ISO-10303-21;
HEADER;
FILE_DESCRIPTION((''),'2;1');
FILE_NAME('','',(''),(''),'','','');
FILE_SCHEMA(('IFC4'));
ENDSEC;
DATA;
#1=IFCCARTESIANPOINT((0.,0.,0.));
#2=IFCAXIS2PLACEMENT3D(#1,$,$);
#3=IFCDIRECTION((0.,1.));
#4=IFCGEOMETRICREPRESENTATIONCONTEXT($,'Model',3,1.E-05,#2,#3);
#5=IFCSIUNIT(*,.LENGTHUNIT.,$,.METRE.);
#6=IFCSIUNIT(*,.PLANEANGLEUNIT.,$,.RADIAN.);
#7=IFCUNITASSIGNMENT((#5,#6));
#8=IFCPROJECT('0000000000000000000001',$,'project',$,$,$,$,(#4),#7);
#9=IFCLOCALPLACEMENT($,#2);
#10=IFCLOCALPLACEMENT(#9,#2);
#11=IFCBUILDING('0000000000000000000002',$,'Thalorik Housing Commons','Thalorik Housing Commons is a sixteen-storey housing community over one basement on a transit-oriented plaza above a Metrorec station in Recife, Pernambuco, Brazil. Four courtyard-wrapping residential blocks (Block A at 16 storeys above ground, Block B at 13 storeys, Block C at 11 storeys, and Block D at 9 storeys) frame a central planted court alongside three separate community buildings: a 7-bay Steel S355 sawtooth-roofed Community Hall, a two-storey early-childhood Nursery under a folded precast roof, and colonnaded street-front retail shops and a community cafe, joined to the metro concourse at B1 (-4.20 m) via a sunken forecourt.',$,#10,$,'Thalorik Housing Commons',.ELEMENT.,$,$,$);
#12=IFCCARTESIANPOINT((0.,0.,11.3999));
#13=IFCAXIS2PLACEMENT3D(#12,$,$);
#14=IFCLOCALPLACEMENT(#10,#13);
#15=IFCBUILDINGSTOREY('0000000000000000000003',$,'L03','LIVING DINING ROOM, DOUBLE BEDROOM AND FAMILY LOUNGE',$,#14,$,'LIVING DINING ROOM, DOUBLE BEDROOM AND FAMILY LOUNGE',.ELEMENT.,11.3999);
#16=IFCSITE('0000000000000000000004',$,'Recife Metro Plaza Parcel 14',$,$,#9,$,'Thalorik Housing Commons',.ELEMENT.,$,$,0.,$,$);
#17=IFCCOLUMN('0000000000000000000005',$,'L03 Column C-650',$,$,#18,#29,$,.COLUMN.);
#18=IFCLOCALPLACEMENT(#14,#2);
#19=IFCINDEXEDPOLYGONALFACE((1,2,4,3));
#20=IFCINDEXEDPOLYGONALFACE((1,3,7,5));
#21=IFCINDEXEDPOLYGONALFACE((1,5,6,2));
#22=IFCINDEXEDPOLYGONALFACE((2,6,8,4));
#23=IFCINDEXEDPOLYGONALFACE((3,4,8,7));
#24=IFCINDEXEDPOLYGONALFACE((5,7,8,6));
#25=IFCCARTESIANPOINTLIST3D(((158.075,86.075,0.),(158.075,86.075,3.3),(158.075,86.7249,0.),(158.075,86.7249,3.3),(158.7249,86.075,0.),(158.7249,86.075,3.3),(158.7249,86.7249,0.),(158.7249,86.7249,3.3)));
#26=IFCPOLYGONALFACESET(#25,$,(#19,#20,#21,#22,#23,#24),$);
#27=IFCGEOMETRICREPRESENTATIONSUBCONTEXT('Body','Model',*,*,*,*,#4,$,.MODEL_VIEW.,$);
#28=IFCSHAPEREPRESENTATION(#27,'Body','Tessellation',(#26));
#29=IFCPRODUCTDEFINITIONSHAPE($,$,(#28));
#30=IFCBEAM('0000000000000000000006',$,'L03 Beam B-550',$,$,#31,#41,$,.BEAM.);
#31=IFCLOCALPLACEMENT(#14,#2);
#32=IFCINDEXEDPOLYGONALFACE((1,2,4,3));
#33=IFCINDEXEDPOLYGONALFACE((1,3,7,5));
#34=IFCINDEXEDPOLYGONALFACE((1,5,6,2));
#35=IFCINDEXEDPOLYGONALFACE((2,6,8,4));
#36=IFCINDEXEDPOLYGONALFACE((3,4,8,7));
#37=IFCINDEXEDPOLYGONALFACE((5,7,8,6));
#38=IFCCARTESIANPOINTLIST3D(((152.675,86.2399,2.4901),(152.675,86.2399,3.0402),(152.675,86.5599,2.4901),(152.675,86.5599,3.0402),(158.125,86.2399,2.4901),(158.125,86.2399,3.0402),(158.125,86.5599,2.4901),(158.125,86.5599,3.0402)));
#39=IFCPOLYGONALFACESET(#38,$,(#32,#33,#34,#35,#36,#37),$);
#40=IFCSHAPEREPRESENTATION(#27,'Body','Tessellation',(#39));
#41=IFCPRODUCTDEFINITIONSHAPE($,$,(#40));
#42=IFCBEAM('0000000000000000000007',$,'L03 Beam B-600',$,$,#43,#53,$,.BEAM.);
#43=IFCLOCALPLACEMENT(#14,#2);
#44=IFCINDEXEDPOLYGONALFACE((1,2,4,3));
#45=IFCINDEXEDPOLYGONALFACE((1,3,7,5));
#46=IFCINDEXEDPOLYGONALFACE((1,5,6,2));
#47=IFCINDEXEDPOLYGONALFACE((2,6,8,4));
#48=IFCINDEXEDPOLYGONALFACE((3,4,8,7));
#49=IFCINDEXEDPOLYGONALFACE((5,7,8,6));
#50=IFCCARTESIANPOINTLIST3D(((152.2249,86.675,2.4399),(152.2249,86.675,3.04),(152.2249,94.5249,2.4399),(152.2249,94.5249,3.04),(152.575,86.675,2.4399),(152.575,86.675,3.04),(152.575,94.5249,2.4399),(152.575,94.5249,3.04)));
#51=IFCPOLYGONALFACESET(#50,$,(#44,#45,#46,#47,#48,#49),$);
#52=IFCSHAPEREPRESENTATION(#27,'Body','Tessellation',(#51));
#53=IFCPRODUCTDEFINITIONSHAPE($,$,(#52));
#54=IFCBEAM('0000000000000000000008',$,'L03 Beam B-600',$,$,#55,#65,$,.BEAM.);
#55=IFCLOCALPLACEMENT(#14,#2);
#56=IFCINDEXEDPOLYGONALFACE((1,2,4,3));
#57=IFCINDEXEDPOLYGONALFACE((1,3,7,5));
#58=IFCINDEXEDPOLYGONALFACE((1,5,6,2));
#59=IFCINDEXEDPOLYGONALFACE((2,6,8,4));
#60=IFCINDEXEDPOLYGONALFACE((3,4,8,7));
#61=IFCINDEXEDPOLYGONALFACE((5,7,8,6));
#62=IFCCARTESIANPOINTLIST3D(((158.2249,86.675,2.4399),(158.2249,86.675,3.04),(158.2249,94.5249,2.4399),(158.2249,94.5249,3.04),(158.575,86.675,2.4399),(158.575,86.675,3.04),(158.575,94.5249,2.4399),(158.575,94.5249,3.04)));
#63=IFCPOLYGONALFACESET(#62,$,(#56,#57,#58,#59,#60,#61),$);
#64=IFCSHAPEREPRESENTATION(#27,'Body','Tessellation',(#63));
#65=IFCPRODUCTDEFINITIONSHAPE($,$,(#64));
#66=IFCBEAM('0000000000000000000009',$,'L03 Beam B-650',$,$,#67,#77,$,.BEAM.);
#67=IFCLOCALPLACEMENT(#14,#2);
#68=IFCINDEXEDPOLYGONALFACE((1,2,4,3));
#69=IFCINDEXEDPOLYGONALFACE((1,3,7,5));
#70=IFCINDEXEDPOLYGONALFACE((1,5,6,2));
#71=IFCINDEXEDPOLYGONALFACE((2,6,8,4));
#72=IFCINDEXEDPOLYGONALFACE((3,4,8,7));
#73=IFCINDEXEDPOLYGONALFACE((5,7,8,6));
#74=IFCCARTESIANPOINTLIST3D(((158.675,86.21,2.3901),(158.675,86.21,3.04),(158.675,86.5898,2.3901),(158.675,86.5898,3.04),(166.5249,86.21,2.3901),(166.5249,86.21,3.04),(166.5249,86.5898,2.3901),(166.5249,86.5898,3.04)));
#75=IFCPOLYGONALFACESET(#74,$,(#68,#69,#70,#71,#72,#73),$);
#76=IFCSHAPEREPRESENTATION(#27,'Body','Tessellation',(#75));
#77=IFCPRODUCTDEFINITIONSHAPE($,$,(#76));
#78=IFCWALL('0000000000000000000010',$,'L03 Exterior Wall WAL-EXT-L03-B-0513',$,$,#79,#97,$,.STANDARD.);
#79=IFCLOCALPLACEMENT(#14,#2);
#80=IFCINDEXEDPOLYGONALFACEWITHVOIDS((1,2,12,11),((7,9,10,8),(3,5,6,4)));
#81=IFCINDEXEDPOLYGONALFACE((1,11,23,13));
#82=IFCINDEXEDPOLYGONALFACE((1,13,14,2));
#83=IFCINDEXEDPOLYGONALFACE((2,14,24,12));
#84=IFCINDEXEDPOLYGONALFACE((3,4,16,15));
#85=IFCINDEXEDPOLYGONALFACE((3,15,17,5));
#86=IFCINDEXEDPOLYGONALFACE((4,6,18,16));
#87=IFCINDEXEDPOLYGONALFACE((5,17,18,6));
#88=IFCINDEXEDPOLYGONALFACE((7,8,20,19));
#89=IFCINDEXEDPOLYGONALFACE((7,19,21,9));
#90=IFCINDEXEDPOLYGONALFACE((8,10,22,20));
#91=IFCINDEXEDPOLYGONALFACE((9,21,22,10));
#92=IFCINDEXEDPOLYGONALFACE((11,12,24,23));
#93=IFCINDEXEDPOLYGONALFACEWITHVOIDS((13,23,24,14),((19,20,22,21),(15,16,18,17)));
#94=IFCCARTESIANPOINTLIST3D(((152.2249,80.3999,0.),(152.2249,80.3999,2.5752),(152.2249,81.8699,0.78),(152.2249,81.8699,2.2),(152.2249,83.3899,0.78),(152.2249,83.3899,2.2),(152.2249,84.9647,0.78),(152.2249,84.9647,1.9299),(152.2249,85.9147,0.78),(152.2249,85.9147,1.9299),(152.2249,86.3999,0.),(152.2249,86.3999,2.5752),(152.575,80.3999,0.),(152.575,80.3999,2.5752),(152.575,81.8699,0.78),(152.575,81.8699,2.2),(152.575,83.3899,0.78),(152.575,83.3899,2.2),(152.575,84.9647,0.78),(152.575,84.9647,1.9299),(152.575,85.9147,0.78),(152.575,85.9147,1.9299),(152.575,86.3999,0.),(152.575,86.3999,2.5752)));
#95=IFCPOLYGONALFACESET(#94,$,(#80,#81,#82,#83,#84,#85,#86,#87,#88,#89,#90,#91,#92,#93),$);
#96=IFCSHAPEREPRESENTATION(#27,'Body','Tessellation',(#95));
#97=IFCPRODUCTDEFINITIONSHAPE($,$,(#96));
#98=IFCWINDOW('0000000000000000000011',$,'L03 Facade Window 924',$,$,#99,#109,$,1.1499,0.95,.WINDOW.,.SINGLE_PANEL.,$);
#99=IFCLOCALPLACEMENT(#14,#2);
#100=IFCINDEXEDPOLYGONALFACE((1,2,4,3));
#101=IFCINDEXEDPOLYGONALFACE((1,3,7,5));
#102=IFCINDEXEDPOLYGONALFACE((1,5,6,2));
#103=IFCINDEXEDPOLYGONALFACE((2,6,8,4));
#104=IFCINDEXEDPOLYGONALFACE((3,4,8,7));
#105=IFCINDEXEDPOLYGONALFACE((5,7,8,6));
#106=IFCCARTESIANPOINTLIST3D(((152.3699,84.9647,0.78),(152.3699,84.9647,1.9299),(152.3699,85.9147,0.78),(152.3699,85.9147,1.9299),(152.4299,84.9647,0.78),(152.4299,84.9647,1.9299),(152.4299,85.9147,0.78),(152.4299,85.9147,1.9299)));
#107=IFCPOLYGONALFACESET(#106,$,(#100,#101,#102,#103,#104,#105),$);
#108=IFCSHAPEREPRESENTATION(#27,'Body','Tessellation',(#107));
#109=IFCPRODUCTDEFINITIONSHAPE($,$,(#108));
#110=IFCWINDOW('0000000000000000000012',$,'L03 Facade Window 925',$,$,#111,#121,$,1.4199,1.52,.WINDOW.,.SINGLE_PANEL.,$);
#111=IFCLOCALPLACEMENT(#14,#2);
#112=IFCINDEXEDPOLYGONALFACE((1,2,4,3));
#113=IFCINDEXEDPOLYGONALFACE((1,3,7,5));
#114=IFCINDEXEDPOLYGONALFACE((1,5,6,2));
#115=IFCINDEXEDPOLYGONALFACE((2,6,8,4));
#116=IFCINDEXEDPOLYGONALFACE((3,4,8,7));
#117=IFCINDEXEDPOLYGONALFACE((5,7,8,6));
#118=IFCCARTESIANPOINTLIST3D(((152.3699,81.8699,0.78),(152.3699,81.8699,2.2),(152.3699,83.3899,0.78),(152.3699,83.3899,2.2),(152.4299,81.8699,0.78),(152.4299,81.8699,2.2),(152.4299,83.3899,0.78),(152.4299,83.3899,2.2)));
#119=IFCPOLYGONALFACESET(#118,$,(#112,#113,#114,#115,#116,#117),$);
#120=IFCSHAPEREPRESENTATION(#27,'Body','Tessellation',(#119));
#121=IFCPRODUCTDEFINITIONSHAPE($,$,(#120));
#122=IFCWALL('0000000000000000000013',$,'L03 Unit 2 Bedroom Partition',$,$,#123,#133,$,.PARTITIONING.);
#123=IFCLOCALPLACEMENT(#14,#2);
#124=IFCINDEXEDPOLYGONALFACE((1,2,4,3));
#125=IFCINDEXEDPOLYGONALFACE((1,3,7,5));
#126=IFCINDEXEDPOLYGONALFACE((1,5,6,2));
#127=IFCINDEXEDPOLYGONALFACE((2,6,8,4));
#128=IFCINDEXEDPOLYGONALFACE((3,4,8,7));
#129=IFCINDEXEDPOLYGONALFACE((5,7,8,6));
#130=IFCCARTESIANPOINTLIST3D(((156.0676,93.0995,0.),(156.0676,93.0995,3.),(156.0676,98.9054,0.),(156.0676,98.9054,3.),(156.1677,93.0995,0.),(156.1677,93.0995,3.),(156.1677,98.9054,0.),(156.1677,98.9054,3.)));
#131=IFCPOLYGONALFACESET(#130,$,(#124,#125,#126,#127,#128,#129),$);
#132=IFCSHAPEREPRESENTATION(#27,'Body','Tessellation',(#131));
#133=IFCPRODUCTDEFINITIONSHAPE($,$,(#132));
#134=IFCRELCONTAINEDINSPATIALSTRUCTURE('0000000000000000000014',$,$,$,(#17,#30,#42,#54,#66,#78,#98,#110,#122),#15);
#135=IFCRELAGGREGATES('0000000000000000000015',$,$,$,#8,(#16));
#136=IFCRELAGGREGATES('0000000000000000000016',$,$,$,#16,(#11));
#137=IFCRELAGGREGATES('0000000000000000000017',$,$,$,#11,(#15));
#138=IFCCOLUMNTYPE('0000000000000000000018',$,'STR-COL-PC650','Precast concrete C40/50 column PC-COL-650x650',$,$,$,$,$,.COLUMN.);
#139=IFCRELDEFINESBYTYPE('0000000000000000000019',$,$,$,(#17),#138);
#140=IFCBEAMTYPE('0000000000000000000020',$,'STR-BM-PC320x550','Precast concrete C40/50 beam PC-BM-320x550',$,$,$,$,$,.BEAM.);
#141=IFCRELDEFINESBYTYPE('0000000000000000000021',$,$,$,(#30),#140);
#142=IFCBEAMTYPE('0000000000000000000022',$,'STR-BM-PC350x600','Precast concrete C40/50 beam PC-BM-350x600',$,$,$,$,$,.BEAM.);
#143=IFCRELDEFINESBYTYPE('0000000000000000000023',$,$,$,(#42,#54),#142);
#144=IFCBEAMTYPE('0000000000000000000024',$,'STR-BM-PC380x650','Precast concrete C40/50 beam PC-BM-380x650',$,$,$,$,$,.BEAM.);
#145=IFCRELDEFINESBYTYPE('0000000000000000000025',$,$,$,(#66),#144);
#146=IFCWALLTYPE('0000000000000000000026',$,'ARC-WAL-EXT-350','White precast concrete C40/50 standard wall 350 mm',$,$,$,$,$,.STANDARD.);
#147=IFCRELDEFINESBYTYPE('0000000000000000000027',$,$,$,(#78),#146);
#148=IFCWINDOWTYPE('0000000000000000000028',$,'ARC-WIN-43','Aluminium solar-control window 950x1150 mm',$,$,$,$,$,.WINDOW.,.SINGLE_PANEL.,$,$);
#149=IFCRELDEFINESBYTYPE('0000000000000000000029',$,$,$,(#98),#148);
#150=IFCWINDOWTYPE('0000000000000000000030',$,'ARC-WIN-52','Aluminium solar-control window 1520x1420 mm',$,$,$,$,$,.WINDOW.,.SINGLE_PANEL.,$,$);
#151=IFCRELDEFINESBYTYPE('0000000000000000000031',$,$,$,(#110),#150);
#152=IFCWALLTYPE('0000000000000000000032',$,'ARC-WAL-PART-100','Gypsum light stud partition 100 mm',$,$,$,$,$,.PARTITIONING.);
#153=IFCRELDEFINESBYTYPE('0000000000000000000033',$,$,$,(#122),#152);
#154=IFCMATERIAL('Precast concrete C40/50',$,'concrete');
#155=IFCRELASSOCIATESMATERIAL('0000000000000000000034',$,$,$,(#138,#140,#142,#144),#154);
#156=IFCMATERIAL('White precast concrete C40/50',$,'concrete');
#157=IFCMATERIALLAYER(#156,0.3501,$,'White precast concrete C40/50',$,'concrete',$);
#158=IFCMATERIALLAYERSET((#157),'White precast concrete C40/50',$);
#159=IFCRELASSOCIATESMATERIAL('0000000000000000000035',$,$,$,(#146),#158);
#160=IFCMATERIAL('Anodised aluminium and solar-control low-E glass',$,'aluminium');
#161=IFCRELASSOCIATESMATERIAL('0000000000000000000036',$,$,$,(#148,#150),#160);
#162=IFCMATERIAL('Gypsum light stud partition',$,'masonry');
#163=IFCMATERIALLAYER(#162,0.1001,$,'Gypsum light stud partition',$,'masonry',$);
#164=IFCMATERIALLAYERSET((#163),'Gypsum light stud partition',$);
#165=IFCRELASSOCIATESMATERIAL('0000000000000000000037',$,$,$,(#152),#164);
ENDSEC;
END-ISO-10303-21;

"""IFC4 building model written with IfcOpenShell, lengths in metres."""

from ifc_helpers import new_model, si_unit, direction, frame, frame_2d, origin, origin_2d, place, context, subcontext, project, spatial, rectangle, extrude, material, layer, layer_set, material_profile, profile_set, type_object, element, fill, save


model = new_model("IFC4")

# Units and contexts
model_context = context("Model", 3, precision=1e-05, world=origin(), true_north=direction((0.0, 1.0)))
body_context = subcontext(model_context, "Body", "Model", "MODEL_VIEW")
ifc_project = project(units=[si_unit("LENGTHUNIT", "METRE"), si_unit("PLANEANGLEUNIT", "RADIAN")], contexts=[model_context])

# Site, building, storey
site_placement = place(None, origin())
site = spatial("IfcSite", under=ifc_project, at=site_placement, Name="Recife Metro Plaza Parcel 14", LongName="Thalorik Housing Commons", CompositionType="ELEMENT", RefElevation=0.0)
building_placement = place(site_placement, origin())
building = spatial("IfcBuilding", under=site, at=building_placement, Name="Thalorik Housing Commons", Description="Thalorik Housing Commons is a sixteen-storey housing community over one basement on a transit-oriented plaza above a Metrorec station in Recife, Pernambuco, Brazil. Four courtyard-wrapping residential blocks (Block A at 16 storeys above ground, Block B at 13 storeys, Block C at 11 storeys, and Block D at 9 storeys) frame a central planted court alongside three separate community buildings: a 7-bay Steel S355 sawtooth-roofed Community Hall, a two-storey early-childhood Nursery under a folded precast roof, and colonnaded street-front retail shops and a community cafe, joined to the metro concourse at B1 (-4.20 m) via a sunken forecourt.", LongName="Thalorik Housing Commons", CompositionType="ELEMENT")
storey_placement = place(building_placement, frame((0.0, 0.0, 11.3999)))
storey = spatial("IfcBuildingStorey", under=building, at=storey_placement, Name="L03", Description="LIVING DINING ROOM, DOUBLE BEDROOM AND FAMILY LOUNGE", LongName="LIVING DINING ROOM, DOUBLE BEDROOM AND FAMILY LOUNGE", CompositionType="ELEMENT", Elevation=11.3999)

# Column
ifc_material_1 = material(Name="Precast concrete C40/50", Category="concrete")
ifc_material_profile_1 = material_profile(ifc_material_1, rectangle(XDim=0.6499, YDim=0.6499, at=origin_2d()), Name="PC 650x650", Category="concrete")
ifc_profile_set_1 = profile_set([ifc_material_profile_1], Name="Precast concrete C40/50")
column_type = type_object("IfcColumnType", Name="STR-COL-PC650", Description="Precast concrete C40/50 column PC-COL-650x650", PredefinedType="COLUMN", material=ifc_profile_set_1)
column_placement = place(storey_placement, frame((158.3999, 86.3999, 0.0), z_axis=(0.0, 0.0, 1.0), x_axis=(1.0, 0.0, 0.0)))
element("IfcColumn", 1, at=column_placement, inside=storey, type_object=column_type, Name="L03 Column C-650", PredefinedType="COLUMN", context=body_context, shape_type="SweptSolid", body=[
    extrude(rectangle(XDim=0.6499, YDim=0.6499, at=origin_2d()), origin(), (0.0, 0.0, 1.0), 3.3),
])

# Beams
ifc_material_profile_2 = material_profile(ifc_material_1, rectangle(XDim=0.3201, YDim=0.55, at=origin_2d()), Name="PC 320x550", Category="concrete")
ifc_profile_set_2 = profile_set([ifc_material_profile_2], Name="Precast concrete C40/50")
beam_type_1 = type_object("IfcBeamType", Name="STR-BM-PC320x550", Description="Precast concrete C40/50 beam PC-BM-320x550", PredefinedType="BEAM", material=ifc_profile_set_2)
beam_1_placement = place(storey_placement, frame((152.675, 86.3999, 2.7651), z_axis=(1.0, 0.0, 0.0), x_axis=(0.0, 1.0, 0.0)))
element("IfcBeam", 2, at=beam_1_placement, inside=storey, type_object=beam_type_1, Name="L03 Beam B-550", PredefinedType="BEAM", context=body_context, shape_type="SweptSolid", body=[
    extrude(rectangle(XDim=0.3201, YDim=0.55, at=origin_2d()), origin(), (0.0, 0.0, 1.0), 5.45),
])
ifc_material_profile_3 = material_profile(ifc_material_1, rectangle(XDim=0.3501, YDim=0.6001, at=origin_2d()), Name="PC 350x600", Category="concrete")
ifc_profile_set_3 = profile_set([ifc_material_profile_3], Name="Precast concrete C40/50")
beam_type_2 = type_object("IfcBeamType", Name="STR-BM-PC350x600", Description="Precast concrete C40/50 beam PC-BM-350x600", PredefinedType="BEAM", material=ifc_profile_set_3)
for number, where, z_axis, x_axis, name in (
    (3, (152.3999, 86.675, 2.74), (0.0, 1.0, 0.0), (-1.0, 0.0, 0.0), "L03 Beam B-600"),
    (4, (158.3999, 86.675, 2.74), (0.0, 1.0, 0.0), (-1.0, 0.0, 0.0), "L03 Beam B-600"),
):
    element("IfcBeam", number, at=place(storey_placement, frame(where, z_axis=z_axis, x_axis=x_axis)), inside=storey, type_object=beam_type_2, Name=name, PredefinedType="BEAM", context=body_context, shape_type="SweptSolid", body=[
        extrude(rectangle(XDim=0.3501, YDim=0.6001, at=origin_2d()), origin(), (0.0, 0.0, 1.0), 7.8499),
    ])
ifc_material_profile_4 = material_profile(ifc_material_1, rectangle(XDim=0.3799, YDim=0.6499, at=origin_2d()), Name="PC 380x650", Category="concrete")
ifc_profile_set_4 = profile_set([ifc_material_profile_4], Name="Precast concrete C40/50")
beam_type_3 = type_object("IfcBeamType", Name="STR-BM-PC380x650", Description="Precast concrete C40/50 beam PC-BM-380x650", PredefinedType="BEAM", material=ifc_profile_set_4)
beam_2_placement = place(storey_placement, frame((158.675, 86.3999, 2.7151), z_axis=(1.0, 0.0, 0.0), x_axis=(0.0, 1.0, 0.0)))
element("IfcBeam", 5, at=beam_2_placement, inside=storey, type_object=beam_type_3, Name="L03 Beam B-650", PredefinedType="BEAM", context=body_context, shape_type="SweptSolid", body=[
    extrude(rectangle(XDim=0.3799, YDim=0.6499, at=origin_2d()), origin(), (0.0, 0.0, 1.0), 7.8499),
])

# Wall, openings, windows
ifc_material_2 = material(Name="White precast concrete C40/50", Category="concrete")
ifc_layer_1 = layer(ifc_material_2, 0.3501, Name="White precast concrete C40/50", Category="concrete")
ifc_layer_set_1 = layer_set([ifc_layer_1], Name="White precast concrete C40/50")
wall_type_1 = type_object("IfcWallType", Name="ARC-WAL-EXT-350", Description="White precast concrete C40/50 standard wall 350 mm", PredefinedType="STANDARD", material=ifc_layer_set_1)
wall_1_placement = place(storey_placement, frame((152.3999, 86.3999, 0.0), z_axis=(0.0, 0.0, 1.0), x_axis=(0.0, -1.0, 0.0)))
wall_1 = element("IfcWall", 6, at=wall_1_placement, inside=storey, type_object=wall_type_1, Name="L03 Exterior Wall WAL-EXT-L03-B-0513", PredefinedType="STANDARD", context=body_context, shape_type="SweptSolid", body=[
    extrude(rectangle(XDim=6.0, YDim=0.3501, at=frame_2d((3.0, 0.0))), origin(), (0.0, 0.0, 1.0), 2.5752),
])
opening_1_placement = place(wall_1_placement, frame((0.4851, 0.0, 0.78)))
opening_1 = element("IfcOpeningElement", 7, at=opening_1_placement, cuts=wall_1, PredefinedType="OPENING", context=body_context, shape_type="SweptSolid", body=[
    extrude(rectangle(XDim=0.95, YDim=1.1499, at=frame_2d((0.4751, 0.575))), frame((0.0, 0.1851, 0.0), z_axis=(0.0, -1.0, 0.0), x_axis=(1.0, 0.0, 0.0)), (0.0, 0.0, 1.0), 0.3701),
])
opening_2_placement = place(wall_1_placement, frame((3.01, 0.0, 0.78)))
opening_2 = element("IfcOpeningElement", 8, at=opening_2_placement, cuts=wall_1, PredefinedType="OPENING", context=body_context, shape_type="SweptSolid", body=[
    extrude(rectangle(XDim=1.52, YDim=1.4199, at=frame_2d((0.76, 0.71))), frame((0.0, 0.1851, 0.0), z_axis=(0.0, -1.0, 0.0), x_axis=(1.0, 0.0, 0.0)), (0.0, 0.0, 1.0), 0.3701),
])
ifc_material_3 = material(Name="Anodised aluminium and solar-control low-E glass", Category="aluminium")
window_type_1 = type_object("IfcWindowType", Name="ARC-WIN-43", Description="Aluminium solar-control window 950x1150 mm", PartitioningType="SINGLE_PANEL", PredefinedType="WINDOW", material=ifc_material_3)
window_1_placement = place(opening_1_placement, origin())
window_1 = element("IfcWindow", 9, at=window_1_placement, inside=storey, type_object=window_type_1, Name="L03 Facade Window 924", OverallHeight=1.1499, OverallWidth=0.95, PartitioningType="SINGLE_PANEL", PredefinedType="WINDOW", context=body_context, shape_type="SweptSolid", body=[
    extrude(rectangle(XDim=0.95, YDim=1.1499, at=frame_2d((0.4751, 0.575))), frame((0.0, 0.03, 0.0), z_axis=(0.0, -1.0, 0.0), x_axis=(1.0, 0.0, 0.0)), (0.0, 0.0, 1.0), 0.0601),
])
fill(opening_1, window_1)
window_type_2 = type_object("IfcWindowType", Name="ARC-WIN-52", Description="Aluminium solar-control window 1520x1420 mm", PartitioningType="SINGLE_PANEL", PredefinedType="WINDOW", material=ifc_material_3)
window_2_placement = place(opening_2_placement, origin())
window_2 = element("IfcWindow", 10, at=window_2_placement, inside=storey, type_object=window_type_2, Name="L03 Facade Window 925", OverallHeight=1.4199, OverallWidth=1.52, PartitioningType="SINGLE_PANEL", PredefinedType="WINDOW", context=body_context, shape_type="SweptSolid", body=[
    extrude(rectangle(XDim=1.52, YDim=1.4199, at=frame_2d((0.76, 0.71))), frame((0.0, 0.03, 0.0), z_axis=(0.0, -1.0, 0.0), x_axis=(1.0, 0.0, 0.0)), (0.0, 0.0, 1.0), 0.0601),
])
fill(opening_2, window_2)

# Wall
ifc_material_4 = material(Name="Gypsum light stud partition", Category="masonry")
ifc_layer_2 = layer(ifc_material_4, 0.1001, Name="Gypsum light stud partition", Category="masonry")
ifc_layer_set_2 = layer_set([ifc_layer_2], Name="Gypsum light stud partition")
wall_type_2 = type_object("IfcWallType", Name="ARC-WAL-PART-100", Description="Gypsum light stud partition 100 mm", PredefinedType="PARTITIONING", material=ifc_layer_set_2)
wall_2_placement = place(storey_placement, frame((156.1177, 93.0996, 0.0), z_axis=(0.0, 0.0, 1.0), x_axis=(0.0, 1.0, 0.0)))
element("IfcWall", 11, at=wall_2_placement, inside=storey, type_object=wall_type_2, Name="L03 Unit 2 Bedroom Partition", PredefinedType="PARTITIONING", context=body_context, shape_type="SweptSolid", body=[
    extrude(rectangle(XDim=5.8059, YDim=0.1001, at=frame_2d((2.9028, 0.0))), origin(), (0.0, 0.0, 1.0), 3.0),
])

save(model, "model.ifc")
